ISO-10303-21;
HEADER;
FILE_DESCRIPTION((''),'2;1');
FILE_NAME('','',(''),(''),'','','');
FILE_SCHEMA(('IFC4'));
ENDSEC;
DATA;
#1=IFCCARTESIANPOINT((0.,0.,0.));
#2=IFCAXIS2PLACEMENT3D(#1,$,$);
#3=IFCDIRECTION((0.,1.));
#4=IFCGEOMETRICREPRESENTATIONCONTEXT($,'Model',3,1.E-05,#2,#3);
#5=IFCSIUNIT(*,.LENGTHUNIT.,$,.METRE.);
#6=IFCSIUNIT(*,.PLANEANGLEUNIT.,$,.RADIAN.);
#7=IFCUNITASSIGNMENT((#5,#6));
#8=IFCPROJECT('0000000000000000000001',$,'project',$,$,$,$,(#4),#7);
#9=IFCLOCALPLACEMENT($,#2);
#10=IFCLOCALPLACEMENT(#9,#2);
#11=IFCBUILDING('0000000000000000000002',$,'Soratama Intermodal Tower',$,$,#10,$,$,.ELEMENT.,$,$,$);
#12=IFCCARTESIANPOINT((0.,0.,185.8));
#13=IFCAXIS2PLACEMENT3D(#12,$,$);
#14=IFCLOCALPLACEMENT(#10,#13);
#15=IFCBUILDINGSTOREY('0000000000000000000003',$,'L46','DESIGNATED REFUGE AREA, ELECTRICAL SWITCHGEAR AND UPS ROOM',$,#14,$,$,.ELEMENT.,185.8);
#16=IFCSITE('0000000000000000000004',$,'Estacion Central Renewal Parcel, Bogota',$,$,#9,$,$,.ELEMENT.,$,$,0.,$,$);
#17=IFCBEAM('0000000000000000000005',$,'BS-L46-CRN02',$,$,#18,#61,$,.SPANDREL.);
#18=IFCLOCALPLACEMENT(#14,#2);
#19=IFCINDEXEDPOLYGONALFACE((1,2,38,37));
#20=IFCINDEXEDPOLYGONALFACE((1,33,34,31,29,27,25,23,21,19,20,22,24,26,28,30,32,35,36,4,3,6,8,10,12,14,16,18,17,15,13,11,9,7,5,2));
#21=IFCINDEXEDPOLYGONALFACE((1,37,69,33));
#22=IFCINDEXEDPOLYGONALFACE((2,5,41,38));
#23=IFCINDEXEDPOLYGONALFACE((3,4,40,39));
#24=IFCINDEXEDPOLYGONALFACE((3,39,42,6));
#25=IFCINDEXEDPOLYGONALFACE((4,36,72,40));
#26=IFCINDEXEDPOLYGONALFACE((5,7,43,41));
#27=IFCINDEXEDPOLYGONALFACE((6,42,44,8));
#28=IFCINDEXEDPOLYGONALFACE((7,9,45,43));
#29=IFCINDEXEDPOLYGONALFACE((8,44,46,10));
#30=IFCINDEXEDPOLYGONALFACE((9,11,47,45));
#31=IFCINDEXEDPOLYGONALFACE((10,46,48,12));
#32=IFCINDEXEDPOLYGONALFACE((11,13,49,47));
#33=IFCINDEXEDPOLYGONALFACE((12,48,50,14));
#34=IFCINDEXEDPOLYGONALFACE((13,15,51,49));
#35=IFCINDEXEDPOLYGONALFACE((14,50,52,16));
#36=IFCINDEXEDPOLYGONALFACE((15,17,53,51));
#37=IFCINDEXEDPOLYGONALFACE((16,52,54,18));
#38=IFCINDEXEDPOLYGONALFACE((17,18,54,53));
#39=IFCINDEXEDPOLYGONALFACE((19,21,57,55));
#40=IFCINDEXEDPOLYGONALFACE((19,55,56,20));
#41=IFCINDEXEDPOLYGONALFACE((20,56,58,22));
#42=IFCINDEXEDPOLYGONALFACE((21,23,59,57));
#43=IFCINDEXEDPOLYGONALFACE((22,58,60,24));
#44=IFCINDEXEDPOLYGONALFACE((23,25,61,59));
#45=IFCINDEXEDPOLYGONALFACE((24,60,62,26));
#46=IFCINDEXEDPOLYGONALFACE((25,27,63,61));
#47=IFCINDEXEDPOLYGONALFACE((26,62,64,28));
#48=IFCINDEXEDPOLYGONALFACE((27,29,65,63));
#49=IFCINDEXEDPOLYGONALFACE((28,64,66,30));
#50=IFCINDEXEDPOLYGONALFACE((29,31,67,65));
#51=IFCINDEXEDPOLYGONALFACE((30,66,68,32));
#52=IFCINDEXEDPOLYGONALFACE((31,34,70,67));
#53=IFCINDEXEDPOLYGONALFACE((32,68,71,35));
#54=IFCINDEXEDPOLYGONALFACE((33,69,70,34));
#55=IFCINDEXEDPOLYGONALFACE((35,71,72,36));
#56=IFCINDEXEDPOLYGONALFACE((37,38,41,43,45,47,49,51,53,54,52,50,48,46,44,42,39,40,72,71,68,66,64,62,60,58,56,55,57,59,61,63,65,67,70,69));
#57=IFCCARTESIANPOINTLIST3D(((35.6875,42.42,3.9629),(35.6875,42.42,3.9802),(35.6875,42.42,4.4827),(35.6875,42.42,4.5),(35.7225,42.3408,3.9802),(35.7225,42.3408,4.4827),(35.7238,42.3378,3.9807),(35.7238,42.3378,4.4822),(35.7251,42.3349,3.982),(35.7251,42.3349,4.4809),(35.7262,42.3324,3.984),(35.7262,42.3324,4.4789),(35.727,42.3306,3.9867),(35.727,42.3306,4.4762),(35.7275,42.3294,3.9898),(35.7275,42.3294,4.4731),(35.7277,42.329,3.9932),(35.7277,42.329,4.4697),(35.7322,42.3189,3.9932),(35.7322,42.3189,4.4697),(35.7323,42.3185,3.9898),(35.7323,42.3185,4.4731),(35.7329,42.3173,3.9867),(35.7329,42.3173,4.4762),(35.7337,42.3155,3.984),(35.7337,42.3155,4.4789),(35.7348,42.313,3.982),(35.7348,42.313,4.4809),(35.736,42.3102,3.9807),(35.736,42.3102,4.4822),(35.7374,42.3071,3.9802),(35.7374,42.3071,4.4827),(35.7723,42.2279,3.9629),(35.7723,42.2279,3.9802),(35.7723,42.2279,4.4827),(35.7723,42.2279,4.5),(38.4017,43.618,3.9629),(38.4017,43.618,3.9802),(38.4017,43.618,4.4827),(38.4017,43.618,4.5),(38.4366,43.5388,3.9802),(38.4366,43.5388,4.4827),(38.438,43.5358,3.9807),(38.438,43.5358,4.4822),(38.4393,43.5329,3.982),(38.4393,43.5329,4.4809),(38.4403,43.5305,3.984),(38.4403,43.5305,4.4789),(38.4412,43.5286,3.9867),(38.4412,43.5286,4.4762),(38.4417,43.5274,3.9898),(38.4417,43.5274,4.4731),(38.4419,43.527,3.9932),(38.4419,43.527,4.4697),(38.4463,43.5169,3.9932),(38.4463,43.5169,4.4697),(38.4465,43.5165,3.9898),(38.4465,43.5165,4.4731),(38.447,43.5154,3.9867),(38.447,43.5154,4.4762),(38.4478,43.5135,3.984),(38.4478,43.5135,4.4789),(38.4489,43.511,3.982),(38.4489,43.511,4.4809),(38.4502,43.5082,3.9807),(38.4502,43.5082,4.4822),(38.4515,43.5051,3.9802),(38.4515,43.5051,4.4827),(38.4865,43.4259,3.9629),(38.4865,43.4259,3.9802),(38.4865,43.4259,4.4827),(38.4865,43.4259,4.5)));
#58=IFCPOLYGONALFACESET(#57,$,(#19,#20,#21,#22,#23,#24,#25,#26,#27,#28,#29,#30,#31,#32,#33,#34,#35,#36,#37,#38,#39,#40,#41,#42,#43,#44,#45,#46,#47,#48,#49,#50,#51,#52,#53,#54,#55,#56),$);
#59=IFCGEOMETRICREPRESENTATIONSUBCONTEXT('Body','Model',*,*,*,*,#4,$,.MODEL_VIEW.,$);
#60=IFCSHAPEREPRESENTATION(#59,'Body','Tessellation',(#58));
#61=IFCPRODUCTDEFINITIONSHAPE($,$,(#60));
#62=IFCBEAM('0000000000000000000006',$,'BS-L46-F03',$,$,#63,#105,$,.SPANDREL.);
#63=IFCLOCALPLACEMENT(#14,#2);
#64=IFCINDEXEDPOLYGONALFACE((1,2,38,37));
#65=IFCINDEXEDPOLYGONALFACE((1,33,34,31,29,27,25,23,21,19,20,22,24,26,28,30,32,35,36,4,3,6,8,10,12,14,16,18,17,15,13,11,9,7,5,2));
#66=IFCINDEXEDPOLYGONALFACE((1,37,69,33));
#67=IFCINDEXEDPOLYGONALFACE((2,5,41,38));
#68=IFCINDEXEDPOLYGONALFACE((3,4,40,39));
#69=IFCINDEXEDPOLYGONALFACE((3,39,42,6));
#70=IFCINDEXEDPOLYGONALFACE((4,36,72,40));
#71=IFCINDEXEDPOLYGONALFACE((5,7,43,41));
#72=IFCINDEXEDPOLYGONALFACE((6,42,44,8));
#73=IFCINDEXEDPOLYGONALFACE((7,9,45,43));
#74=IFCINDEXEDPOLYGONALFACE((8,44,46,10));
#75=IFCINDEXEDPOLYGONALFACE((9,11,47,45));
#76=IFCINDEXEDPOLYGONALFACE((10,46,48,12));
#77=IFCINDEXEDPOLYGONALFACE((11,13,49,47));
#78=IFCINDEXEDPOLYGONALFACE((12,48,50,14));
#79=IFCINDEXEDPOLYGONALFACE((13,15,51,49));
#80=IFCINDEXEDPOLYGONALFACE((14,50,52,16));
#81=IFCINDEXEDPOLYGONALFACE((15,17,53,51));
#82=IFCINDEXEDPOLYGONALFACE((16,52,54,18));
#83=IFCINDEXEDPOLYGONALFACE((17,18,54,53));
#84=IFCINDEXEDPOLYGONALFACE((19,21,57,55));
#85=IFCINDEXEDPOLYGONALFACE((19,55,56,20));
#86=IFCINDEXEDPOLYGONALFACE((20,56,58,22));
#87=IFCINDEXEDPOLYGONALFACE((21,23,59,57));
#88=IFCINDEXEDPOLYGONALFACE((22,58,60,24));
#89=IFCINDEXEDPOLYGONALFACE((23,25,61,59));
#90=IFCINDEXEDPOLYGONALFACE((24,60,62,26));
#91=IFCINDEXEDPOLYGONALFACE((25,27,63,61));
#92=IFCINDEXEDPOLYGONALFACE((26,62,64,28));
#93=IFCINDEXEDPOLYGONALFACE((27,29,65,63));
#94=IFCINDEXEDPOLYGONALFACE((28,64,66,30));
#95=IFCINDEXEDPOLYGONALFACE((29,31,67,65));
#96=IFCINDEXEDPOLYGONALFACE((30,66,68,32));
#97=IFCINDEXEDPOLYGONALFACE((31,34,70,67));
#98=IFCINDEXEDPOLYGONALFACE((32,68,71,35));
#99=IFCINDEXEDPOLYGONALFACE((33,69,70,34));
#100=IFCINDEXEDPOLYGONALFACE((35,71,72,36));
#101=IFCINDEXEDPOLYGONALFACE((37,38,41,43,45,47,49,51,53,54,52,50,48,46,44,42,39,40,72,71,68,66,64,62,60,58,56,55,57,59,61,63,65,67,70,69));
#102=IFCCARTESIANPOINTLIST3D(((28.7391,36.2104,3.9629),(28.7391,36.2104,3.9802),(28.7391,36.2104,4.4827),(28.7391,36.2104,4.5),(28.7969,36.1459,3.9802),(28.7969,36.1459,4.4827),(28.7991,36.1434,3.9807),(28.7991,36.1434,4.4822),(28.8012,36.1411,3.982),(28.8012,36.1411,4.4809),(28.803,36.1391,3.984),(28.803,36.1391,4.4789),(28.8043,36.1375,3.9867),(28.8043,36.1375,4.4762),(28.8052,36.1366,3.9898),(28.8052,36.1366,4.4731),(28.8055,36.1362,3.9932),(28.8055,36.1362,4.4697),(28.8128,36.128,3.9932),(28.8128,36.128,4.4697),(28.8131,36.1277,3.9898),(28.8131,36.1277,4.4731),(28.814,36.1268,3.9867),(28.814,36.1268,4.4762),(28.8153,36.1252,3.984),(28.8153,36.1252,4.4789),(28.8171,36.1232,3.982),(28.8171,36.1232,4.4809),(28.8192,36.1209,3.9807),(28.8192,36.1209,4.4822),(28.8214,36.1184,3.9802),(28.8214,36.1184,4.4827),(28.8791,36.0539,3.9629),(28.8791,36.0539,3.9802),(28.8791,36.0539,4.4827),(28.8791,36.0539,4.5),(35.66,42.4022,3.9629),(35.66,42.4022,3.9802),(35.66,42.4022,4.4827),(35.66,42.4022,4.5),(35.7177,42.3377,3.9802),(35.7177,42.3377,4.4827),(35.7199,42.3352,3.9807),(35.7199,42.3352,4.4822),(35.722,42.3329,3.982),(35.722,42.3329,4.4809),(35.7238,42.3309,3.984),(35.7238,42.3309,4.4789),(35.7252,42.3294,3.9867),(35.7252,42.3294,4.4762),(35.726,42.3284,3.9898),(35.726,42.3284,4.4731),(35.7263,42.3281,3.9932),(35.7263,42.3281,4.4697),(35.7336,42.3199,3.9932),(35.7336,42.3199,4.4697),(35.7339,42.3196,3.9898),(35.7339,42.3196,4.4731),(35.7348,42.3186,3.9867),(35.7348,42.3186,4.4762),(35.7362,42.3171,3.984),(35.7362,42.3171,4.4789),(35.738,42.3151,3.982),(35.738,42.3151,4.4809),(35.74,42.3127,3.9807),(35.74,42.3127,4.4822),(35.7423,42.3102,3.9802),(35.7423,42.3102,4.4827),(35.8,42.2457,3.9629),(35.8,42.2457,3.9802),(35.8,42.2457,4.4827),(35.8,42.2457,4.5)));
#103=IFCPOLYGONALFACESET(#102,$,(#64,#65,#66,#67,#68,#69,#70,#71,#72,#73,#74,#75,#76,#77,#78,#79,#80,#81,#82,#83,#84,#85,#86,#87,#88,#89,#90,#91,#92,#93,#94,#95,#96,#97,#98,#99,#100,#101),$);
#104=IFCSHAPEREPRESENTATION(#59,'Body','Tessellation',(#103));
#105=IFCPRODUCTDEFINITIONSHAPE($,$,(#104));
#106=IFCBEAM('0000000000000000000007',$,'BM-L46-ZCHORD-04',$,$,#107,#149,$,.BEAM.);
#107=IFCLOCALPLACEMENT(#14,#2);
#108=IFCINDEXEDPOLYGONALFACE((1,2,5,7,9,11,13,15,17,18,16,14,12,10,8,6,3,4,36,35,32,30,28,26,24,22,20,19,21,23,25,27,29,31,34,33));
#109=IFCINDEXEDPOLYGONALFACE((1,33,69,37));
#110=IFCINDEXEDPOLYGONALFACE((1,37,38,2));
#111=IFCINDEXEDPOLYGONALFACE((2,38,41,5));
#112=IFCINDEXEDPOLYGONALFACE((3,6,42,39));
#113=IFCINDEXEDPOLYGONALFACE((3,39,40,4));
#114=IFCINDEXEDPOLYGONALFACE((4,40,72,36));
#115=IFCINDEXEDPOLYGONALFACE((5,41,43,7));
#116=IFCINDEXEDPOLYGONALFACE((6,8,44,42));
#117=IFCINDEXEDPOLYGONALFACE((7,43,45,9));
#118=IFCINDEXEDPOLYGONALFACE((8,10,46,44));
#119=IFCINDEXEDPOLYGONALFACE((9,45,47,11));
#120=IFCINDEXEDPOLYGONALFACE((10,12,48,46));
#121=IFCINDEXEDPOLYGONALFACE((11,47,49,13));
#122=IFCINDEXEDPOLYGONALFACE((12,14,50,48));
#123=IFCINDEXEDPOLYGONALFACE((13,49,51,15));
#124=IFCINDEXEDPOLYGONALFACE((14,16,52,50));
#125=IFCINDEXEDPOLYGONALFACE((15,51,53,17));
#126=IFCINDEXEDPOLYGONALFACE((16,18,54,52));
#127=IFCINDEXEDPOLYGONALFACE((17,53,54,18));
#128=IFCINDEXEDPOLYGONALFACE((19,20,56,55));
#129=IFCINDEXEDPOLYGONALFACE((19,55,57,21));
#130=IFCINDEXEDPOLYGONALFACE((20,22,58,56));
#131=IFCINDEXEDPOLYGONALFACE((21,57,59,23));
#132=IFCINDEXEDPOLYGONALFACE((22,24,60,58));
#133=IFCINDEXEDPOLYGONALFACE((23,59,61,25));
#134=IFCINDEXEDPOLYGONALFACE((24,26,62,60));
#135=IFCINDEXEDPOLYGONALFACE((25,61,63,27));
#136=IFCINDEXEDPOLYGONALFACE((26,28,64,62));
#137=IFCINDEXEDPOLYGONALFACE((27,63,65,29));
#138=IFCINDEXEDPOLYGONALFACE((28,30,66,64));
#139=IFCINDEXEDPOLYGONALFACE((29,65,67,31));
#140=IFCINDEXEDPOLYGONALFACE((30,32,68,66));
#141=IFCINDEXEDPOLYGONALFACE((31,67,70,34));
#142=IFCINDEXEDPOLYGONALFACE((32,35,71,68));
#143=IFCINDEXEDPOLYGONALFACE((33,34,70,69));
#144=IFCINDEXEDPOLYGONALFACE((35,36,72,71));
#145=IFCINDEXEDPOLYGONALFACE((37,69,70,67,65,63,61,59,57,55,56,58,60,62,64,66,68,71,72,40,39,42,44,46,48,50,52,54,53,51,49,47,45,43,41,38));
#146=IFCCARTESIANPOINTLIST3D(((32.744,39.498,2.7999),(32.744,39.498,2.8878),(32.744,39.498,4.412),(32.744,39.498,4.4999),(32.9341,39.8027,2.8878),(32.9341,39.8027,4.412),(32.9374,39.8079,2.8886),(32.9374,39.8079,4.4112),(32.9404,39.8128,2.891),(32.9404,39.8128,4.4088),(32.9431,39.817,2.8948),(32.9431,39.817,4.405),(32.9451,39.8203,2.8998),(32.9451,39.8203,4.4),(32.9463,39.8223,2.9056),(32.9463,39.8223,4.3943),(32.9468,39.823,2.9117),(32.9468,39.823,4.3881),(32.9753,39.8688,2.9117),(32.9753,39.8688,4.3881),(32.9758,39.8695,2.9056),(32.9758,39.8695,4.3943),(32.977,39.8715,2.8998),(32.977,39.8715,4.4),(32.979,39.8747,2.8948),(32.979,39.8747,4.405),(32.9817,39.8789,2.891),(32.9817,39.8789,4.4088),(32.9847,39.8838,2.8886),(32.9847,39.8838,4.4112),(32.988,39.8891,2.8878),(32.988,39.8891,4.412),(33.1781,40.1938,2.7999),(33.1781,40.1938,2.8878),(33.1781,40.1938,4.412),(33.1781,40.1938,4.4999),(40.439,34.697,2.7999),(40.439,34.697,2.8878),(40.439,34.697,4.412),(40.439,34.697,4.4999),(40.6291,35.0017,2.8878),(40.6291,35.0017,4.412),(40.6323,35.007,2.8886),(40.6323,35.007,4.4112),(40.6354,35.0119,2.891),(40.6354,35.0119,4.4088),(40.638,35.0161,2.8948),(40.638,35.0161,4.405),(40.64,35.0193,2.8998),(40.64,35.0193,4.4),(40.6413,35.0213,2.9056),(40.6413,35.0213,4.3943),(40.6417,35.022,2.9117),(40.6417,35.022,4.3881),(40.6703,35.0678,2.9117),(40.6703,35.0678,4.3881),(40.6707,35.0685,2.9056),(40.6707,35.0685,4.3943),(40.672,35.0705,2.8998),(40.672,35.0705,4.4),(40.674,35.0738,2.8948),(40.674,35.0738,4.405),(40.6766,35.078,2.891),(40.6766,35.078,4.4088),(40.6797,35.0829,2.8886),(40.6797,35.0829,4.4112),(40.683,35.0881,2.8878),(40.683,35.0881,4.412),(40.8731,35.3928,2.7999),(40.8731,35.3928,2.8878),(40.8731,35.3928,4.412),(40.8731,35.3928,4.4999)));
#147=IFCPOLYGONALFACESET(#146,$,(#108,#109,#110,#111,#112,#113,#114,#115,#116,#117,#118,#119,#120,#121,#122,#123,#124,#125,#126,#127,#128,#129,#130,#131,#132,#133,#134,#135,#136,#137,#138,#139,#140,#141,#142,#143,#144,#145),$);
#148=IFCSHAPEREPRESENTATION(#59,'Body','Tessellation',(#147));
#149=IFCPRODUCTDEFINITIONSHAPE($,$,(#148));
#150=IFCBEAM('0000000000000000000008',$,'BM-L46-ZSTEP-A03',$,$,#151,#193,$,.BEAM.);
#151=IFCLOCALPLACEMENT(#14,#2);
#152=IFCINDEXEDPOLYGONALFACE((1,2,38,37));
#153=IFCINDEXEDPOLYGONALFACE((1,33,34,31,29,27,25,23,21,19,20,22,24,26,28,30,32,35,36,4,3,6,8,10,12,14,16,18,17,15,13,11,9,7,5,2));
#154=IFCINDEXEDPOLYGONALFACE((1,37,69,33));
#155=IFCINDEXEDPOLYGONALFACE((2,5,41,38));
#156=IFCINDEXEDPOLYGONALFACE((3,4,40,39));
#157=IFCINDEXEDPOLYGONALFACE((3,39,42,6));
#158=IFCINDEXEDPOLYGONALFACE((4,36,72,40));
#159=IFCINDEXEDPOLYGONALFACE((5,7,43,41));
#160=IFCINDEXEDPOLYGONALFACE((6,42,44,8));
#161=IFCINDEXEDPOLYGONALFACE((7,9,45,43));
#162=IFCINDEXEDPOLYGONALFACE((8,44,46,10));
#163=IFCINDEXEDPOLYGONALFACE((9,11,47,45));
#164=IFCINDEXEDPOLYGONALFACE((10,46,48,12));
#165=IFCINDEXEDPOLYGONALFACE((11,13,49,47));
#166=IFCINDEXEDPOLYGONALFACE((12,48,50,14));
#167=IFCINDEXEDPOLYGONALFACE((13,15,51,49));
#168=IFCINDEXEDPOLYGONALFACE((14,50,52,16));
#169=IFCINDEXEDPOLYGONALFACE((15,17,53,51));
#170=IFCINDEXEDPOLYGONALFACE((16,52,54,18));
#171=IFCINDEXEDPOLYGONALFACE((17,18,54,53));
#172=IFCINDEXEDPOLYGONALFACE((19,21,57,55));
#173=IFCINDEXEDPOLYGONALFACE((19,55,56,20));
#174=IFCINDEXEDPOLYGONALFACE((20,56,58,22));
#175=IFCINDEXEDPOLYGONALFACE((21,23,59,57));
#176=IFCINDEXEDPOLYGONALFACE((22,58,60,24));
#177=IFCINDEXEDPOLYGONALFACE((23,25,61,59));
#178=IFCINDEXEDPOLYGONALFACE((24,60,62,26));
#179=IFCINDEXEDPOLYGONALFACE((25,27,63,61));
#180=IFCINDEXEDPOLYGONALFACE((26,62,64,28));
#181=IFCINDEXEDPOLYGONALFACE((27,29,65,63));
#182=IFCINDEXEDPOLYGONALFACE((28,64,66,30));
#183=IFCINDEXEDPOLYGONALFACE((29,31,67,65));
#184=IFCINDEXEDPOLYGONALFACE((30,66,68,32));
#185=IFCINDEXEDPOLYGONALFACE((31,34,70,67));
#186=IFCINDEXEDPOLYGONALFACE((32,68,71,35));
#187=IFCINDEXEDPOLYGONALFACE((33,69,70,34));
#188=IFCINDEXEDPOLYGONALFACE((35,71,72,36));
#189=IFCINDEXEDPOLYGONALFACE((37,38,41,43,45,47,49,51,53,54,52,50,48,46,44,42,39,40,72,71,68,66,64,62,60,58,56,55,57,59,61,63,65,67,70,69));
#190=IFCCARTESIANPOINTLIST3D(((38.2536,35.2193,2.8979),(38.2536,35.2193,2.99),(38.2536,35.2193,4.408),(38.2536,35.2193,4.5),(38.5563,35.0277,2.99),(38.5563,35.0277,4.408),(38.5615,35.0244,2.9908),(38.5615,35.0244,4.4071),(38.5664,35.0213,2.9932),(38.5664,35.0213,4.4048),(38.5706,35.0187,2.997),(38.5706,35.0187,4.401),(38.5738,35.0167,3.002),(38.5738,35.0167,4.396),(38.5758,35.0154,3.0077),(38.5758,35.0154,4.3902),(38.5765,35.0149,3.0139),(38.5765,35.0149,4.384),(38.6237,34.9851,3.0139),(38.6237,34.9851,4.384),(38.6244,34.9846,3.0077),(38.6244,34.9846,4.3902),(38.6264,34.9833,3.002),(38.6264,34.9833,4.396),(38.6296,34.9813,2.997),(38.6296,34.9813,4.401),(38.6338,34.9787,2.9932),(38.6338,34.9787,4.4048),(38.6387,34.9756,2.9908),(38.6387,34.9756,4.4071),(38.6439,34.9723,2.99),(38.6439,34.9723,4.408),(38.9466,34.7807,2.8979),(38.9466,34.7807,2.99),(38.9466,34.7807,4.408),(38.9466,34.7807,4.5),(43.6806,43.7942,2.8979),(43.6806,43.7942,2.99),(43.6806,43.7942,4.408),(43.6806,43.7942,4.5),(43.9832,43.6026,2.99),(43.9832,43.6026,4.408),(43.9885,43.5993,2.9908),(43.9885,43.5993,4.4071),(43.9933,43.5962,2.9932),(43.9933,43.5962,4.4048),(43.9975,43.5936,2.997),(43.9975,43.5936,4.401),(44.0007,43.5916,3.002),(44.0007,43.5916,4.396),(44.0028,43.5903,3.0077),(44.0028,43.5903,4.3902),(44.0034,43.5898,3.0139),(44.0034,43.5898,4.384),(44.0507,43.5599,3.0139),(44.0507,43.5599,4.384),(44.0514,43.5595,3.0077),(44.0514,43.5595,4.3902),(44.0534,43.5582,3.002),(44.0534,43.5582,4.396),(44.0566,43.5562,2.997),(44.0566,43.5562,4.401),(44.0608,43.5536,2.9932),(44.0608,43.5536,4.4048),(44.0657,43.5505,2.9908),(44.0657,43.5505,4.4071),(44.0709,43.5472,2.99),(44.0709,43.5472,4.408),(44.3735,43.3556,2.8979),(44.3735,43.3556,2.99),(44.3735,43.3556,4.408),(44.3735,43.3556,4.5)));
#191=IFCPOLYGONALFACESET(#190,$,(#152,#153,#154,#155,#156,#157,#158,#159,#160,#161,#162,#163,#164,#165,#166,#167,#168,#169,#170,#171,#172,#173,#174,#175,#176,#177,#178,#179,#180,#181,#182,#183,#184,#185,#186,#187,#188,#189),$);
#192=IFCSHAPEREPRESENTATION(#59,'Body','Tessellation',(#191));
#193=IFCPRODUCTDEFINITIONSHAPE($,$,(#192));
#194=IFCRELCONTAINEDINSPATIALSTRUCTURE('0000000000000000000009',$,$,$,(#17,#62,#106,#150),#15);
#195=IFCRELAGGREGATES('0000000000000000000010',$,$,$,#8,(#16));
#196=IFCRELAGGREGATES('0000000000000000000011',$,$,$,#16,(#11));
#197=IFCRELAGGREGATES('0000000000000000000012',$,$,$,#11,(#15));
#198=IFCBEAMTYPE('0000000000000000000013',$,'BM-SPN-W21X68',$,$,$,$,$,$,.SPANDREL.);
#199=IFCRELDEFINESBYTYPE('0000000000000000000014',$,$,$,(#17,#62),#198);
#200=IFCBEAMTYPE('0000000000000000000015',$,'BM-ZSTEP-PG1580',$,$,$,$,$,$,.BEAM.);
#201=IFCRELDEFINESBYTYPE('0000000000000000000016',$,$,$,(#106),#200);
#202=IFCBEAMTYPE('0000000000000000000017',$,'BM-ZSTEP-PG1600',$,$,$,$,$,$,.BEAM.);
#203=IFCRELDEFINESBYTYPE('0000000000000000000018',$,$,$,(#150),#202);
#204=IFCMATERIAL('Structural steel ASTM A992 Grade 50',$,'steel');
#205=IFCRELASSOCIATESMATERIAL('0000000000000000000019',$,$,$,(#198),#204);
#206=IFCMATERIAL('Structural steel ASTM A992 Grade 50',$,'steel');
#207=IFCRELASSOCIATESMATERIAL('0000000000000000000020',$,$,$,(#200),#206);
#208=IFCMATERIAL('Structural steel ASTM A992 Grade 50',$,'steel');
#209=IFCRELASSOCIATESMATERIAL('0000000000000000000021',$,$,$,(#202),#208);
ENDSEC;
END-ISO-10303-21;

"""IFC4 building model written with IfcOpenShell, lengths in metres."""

from ifc_helpers import new_model, si_unit, direction, frame, origin, origin_2d, place, context, subcontext, project, spatial, i_section, extrude, material, material_profile, profile_set, type_object, element, save


model = new_model("IFC4")

# Units and contexts
model_context = context("Model", 3, precision=1e-05, world=origin(), true_north=direction((0.0, 1.0)))
body_context = subcontext(model_context, "Body", "Model", "MODEL_VIEW")
ifc_project = project(units=[si_unit("LENGTHUNIT", "METRE"), si_unit("PLANEANGLEUNIT", "RADIAN")], contexts=[model_context])

# Site, building, storey
site_placement = place(None, origin())
site = spatial("IfcSite", under=ifc_project, at=site_placement, Name="Estacion Central Renewal Parcel, Bogota", CompositionType="ELEMENT", RefElevation=0.0)
building_placement = place(site_placement, origin())
building = spatial("IfcBuilding", under=site, at=building_placement, Name="Soratama Intermodal Tower", CompositionType="ELEMENT")
storey_placement = place(building_placement, frame((0.0, 0.0, 185.8)))
storey = spatial("IfcBuildingStorey", under=building, at=storey_placement, Name="L46", Description="DESIGNATED REFUGE AREA, ELECTRICAL SWITCHGEAR AND UPS ROOM", CompositionType="ELEMENT", Elevation=185.8)

# Beams
ifc_material_1 = material(Name="Structural steel ASTM A992 Grade 50", Category="steel")
ifc_material_profile_1 = material_profile(ifc_material_1, i_section(OverallWidth=0.21, OverallDepth=0.5371, WebThickness=0.011, FlangeThickness=0.0173, FilletRadius=0.0129, at=origin_2d()), Name="W21X68")
ifc_profile_set_1 = profile_set([ifc_material_profile_1], Name="Structural steel ASTM A992 Grade 50")
beam_type_1 = type_object("IfcBeamType", Name="BM-SPN-W21X68", PredefinedType="SPANDREL", material=ifc_profile_set_1)
beam_1_placement = place(storey_placement, frame((38.4441, 43.522, 4.2314), z_axis=(-0.914844, -0.403808, 0.0), x_axis=(0.403808, -0.914844, 0.0)))
element("IfcBeam", 1, at=beam_1_placement, inside=storey, type_object=beam_type_1, Name="BS-L46-CRN02", PredefinedType="SPANDREL", context=body_context, shape_type="SweptSolid", body=[
    extrude(i_section(OverallWidth=0.21, OverallDepth=0.5371, WebThickness=0.011, FlangeThickness=0.0173, FilletRadius=0.0129, at=origin_2d()), origin(), (0.0, 0.0, 1.0), 2.9668),
])
beam_2_placement = place(storey_placement, frame((35.73, 42.324, 4.2314), z_axis=(-0.745267, -0.666766, 0.0), x_axis=(0.666766, -0.745267, 0.0)))
element("IfcBeam", 2, at=beam_2_placement, inside=storey, type_object=beam_type_1, Name="BS-L46-F03", PredefinedType="SPANDREL", context=body_context, shape_type="SweptSolid", body=[
    extrude(i_section(OverallWidth=0.21, OverallDepth=0.5371, WebThickness=0.011, FlangeThickness=0.0173, FilletRadius=0.0129, at=origin_2d()), origin(), (0.0, 0.0, 1.0), 9.2864),
])
ifc_material_2 = material(Name="Structural steel ASTM A992 Grade 50", Category="steel")
ifc_material_profile_2 = material_profile(ifc_material_2, i_section(OverallWidth=0.8201, OverallDepth=1.7, WebThickness=0.054, FlangeThickness=0.0879, FilletRadius=0.0239, at=origin_2d()), Name="PG1580X800")
ifc_profile_set_2 = profile_set([ifc_material_profile_2], Name="Structural steel ASTM A992 Grade 50")
beam_type_2 = type_object("IfcBeamType", Name="BM-ZSTEP-PG1580", PredefinedType="BEAM", material=ifc_profile_set_2)
beam_3_placement = place(storey_placement, frame((40.656, 35.0449, 3.6499), z_axis=(-0.848414, 0.529333, 0.0), x_axis=(-0.529333, -0.848414, 0.0)))
element("IfcBeam", 3, at=beam_3_placement, inside=storey, type_object=beam_type_2, Name="BM-L46-ZCHORD-04", PredefinedType="BEAM", context=body_context, shape_type="SweptSolid", body=[
    extrude(i_section(OverallWidth=0.8201, OverallDepth=1.7, WebThickness=0.054, FlangeThickness=0.0879, FilletRadius=0.0239, at=origin_2d()), origin(), (0.0, 0.0, 1.0), 9.0698),
])
ifc_material_3 = material(Name="Structural steel ASTM A992 Grade 50", Category="steel")
ifc_material_profile_3 = material_profile(ifc_material_3, i_section(OverallWidth=0.8201, OverallDepth=1.6021, WebThickness=0.0559, FlangeThickness=0.092, FilletRadius=0.0239, at=origin_2d()), Name="PG1600X650")
ifc_profile_set_3 = profile_set([ifc_material_profile_3], Name="Structural steel ASTM A992 Grade 50")
beam_type_3 = type_object("IfcBeamType", Name="BM-ZSTEP-PG1600", PredefinedType="BEAM", material=ifc_profile_set_3)
beam_4_placement = place(storey_placement, frame((38.6001, 35.0, 3.699), z_axis=(0.534785, 0.844988, 0.0), x_axis=(-0.844988, 0.534785, 0.0)))
element("IfcBeam", 4, at=beam_4_placement, inside=storey, type_object=beam_type_3, Name="BM-L46-ZSTEP-A03", PredefinedType="BEAM", context=body_context, shape_type="SweptSolid", body=[
    extrude(i_section(OverallWidth=0.8201, OverallDepth=1.6021, WebThickness=0.0559, FlangeThickness=0.092, FilletRadius=0.0239, at=origin_2d()), origin(), (0.0, 0.0, 1.0), 10.1479),
])

save(model, "model.ifc")
